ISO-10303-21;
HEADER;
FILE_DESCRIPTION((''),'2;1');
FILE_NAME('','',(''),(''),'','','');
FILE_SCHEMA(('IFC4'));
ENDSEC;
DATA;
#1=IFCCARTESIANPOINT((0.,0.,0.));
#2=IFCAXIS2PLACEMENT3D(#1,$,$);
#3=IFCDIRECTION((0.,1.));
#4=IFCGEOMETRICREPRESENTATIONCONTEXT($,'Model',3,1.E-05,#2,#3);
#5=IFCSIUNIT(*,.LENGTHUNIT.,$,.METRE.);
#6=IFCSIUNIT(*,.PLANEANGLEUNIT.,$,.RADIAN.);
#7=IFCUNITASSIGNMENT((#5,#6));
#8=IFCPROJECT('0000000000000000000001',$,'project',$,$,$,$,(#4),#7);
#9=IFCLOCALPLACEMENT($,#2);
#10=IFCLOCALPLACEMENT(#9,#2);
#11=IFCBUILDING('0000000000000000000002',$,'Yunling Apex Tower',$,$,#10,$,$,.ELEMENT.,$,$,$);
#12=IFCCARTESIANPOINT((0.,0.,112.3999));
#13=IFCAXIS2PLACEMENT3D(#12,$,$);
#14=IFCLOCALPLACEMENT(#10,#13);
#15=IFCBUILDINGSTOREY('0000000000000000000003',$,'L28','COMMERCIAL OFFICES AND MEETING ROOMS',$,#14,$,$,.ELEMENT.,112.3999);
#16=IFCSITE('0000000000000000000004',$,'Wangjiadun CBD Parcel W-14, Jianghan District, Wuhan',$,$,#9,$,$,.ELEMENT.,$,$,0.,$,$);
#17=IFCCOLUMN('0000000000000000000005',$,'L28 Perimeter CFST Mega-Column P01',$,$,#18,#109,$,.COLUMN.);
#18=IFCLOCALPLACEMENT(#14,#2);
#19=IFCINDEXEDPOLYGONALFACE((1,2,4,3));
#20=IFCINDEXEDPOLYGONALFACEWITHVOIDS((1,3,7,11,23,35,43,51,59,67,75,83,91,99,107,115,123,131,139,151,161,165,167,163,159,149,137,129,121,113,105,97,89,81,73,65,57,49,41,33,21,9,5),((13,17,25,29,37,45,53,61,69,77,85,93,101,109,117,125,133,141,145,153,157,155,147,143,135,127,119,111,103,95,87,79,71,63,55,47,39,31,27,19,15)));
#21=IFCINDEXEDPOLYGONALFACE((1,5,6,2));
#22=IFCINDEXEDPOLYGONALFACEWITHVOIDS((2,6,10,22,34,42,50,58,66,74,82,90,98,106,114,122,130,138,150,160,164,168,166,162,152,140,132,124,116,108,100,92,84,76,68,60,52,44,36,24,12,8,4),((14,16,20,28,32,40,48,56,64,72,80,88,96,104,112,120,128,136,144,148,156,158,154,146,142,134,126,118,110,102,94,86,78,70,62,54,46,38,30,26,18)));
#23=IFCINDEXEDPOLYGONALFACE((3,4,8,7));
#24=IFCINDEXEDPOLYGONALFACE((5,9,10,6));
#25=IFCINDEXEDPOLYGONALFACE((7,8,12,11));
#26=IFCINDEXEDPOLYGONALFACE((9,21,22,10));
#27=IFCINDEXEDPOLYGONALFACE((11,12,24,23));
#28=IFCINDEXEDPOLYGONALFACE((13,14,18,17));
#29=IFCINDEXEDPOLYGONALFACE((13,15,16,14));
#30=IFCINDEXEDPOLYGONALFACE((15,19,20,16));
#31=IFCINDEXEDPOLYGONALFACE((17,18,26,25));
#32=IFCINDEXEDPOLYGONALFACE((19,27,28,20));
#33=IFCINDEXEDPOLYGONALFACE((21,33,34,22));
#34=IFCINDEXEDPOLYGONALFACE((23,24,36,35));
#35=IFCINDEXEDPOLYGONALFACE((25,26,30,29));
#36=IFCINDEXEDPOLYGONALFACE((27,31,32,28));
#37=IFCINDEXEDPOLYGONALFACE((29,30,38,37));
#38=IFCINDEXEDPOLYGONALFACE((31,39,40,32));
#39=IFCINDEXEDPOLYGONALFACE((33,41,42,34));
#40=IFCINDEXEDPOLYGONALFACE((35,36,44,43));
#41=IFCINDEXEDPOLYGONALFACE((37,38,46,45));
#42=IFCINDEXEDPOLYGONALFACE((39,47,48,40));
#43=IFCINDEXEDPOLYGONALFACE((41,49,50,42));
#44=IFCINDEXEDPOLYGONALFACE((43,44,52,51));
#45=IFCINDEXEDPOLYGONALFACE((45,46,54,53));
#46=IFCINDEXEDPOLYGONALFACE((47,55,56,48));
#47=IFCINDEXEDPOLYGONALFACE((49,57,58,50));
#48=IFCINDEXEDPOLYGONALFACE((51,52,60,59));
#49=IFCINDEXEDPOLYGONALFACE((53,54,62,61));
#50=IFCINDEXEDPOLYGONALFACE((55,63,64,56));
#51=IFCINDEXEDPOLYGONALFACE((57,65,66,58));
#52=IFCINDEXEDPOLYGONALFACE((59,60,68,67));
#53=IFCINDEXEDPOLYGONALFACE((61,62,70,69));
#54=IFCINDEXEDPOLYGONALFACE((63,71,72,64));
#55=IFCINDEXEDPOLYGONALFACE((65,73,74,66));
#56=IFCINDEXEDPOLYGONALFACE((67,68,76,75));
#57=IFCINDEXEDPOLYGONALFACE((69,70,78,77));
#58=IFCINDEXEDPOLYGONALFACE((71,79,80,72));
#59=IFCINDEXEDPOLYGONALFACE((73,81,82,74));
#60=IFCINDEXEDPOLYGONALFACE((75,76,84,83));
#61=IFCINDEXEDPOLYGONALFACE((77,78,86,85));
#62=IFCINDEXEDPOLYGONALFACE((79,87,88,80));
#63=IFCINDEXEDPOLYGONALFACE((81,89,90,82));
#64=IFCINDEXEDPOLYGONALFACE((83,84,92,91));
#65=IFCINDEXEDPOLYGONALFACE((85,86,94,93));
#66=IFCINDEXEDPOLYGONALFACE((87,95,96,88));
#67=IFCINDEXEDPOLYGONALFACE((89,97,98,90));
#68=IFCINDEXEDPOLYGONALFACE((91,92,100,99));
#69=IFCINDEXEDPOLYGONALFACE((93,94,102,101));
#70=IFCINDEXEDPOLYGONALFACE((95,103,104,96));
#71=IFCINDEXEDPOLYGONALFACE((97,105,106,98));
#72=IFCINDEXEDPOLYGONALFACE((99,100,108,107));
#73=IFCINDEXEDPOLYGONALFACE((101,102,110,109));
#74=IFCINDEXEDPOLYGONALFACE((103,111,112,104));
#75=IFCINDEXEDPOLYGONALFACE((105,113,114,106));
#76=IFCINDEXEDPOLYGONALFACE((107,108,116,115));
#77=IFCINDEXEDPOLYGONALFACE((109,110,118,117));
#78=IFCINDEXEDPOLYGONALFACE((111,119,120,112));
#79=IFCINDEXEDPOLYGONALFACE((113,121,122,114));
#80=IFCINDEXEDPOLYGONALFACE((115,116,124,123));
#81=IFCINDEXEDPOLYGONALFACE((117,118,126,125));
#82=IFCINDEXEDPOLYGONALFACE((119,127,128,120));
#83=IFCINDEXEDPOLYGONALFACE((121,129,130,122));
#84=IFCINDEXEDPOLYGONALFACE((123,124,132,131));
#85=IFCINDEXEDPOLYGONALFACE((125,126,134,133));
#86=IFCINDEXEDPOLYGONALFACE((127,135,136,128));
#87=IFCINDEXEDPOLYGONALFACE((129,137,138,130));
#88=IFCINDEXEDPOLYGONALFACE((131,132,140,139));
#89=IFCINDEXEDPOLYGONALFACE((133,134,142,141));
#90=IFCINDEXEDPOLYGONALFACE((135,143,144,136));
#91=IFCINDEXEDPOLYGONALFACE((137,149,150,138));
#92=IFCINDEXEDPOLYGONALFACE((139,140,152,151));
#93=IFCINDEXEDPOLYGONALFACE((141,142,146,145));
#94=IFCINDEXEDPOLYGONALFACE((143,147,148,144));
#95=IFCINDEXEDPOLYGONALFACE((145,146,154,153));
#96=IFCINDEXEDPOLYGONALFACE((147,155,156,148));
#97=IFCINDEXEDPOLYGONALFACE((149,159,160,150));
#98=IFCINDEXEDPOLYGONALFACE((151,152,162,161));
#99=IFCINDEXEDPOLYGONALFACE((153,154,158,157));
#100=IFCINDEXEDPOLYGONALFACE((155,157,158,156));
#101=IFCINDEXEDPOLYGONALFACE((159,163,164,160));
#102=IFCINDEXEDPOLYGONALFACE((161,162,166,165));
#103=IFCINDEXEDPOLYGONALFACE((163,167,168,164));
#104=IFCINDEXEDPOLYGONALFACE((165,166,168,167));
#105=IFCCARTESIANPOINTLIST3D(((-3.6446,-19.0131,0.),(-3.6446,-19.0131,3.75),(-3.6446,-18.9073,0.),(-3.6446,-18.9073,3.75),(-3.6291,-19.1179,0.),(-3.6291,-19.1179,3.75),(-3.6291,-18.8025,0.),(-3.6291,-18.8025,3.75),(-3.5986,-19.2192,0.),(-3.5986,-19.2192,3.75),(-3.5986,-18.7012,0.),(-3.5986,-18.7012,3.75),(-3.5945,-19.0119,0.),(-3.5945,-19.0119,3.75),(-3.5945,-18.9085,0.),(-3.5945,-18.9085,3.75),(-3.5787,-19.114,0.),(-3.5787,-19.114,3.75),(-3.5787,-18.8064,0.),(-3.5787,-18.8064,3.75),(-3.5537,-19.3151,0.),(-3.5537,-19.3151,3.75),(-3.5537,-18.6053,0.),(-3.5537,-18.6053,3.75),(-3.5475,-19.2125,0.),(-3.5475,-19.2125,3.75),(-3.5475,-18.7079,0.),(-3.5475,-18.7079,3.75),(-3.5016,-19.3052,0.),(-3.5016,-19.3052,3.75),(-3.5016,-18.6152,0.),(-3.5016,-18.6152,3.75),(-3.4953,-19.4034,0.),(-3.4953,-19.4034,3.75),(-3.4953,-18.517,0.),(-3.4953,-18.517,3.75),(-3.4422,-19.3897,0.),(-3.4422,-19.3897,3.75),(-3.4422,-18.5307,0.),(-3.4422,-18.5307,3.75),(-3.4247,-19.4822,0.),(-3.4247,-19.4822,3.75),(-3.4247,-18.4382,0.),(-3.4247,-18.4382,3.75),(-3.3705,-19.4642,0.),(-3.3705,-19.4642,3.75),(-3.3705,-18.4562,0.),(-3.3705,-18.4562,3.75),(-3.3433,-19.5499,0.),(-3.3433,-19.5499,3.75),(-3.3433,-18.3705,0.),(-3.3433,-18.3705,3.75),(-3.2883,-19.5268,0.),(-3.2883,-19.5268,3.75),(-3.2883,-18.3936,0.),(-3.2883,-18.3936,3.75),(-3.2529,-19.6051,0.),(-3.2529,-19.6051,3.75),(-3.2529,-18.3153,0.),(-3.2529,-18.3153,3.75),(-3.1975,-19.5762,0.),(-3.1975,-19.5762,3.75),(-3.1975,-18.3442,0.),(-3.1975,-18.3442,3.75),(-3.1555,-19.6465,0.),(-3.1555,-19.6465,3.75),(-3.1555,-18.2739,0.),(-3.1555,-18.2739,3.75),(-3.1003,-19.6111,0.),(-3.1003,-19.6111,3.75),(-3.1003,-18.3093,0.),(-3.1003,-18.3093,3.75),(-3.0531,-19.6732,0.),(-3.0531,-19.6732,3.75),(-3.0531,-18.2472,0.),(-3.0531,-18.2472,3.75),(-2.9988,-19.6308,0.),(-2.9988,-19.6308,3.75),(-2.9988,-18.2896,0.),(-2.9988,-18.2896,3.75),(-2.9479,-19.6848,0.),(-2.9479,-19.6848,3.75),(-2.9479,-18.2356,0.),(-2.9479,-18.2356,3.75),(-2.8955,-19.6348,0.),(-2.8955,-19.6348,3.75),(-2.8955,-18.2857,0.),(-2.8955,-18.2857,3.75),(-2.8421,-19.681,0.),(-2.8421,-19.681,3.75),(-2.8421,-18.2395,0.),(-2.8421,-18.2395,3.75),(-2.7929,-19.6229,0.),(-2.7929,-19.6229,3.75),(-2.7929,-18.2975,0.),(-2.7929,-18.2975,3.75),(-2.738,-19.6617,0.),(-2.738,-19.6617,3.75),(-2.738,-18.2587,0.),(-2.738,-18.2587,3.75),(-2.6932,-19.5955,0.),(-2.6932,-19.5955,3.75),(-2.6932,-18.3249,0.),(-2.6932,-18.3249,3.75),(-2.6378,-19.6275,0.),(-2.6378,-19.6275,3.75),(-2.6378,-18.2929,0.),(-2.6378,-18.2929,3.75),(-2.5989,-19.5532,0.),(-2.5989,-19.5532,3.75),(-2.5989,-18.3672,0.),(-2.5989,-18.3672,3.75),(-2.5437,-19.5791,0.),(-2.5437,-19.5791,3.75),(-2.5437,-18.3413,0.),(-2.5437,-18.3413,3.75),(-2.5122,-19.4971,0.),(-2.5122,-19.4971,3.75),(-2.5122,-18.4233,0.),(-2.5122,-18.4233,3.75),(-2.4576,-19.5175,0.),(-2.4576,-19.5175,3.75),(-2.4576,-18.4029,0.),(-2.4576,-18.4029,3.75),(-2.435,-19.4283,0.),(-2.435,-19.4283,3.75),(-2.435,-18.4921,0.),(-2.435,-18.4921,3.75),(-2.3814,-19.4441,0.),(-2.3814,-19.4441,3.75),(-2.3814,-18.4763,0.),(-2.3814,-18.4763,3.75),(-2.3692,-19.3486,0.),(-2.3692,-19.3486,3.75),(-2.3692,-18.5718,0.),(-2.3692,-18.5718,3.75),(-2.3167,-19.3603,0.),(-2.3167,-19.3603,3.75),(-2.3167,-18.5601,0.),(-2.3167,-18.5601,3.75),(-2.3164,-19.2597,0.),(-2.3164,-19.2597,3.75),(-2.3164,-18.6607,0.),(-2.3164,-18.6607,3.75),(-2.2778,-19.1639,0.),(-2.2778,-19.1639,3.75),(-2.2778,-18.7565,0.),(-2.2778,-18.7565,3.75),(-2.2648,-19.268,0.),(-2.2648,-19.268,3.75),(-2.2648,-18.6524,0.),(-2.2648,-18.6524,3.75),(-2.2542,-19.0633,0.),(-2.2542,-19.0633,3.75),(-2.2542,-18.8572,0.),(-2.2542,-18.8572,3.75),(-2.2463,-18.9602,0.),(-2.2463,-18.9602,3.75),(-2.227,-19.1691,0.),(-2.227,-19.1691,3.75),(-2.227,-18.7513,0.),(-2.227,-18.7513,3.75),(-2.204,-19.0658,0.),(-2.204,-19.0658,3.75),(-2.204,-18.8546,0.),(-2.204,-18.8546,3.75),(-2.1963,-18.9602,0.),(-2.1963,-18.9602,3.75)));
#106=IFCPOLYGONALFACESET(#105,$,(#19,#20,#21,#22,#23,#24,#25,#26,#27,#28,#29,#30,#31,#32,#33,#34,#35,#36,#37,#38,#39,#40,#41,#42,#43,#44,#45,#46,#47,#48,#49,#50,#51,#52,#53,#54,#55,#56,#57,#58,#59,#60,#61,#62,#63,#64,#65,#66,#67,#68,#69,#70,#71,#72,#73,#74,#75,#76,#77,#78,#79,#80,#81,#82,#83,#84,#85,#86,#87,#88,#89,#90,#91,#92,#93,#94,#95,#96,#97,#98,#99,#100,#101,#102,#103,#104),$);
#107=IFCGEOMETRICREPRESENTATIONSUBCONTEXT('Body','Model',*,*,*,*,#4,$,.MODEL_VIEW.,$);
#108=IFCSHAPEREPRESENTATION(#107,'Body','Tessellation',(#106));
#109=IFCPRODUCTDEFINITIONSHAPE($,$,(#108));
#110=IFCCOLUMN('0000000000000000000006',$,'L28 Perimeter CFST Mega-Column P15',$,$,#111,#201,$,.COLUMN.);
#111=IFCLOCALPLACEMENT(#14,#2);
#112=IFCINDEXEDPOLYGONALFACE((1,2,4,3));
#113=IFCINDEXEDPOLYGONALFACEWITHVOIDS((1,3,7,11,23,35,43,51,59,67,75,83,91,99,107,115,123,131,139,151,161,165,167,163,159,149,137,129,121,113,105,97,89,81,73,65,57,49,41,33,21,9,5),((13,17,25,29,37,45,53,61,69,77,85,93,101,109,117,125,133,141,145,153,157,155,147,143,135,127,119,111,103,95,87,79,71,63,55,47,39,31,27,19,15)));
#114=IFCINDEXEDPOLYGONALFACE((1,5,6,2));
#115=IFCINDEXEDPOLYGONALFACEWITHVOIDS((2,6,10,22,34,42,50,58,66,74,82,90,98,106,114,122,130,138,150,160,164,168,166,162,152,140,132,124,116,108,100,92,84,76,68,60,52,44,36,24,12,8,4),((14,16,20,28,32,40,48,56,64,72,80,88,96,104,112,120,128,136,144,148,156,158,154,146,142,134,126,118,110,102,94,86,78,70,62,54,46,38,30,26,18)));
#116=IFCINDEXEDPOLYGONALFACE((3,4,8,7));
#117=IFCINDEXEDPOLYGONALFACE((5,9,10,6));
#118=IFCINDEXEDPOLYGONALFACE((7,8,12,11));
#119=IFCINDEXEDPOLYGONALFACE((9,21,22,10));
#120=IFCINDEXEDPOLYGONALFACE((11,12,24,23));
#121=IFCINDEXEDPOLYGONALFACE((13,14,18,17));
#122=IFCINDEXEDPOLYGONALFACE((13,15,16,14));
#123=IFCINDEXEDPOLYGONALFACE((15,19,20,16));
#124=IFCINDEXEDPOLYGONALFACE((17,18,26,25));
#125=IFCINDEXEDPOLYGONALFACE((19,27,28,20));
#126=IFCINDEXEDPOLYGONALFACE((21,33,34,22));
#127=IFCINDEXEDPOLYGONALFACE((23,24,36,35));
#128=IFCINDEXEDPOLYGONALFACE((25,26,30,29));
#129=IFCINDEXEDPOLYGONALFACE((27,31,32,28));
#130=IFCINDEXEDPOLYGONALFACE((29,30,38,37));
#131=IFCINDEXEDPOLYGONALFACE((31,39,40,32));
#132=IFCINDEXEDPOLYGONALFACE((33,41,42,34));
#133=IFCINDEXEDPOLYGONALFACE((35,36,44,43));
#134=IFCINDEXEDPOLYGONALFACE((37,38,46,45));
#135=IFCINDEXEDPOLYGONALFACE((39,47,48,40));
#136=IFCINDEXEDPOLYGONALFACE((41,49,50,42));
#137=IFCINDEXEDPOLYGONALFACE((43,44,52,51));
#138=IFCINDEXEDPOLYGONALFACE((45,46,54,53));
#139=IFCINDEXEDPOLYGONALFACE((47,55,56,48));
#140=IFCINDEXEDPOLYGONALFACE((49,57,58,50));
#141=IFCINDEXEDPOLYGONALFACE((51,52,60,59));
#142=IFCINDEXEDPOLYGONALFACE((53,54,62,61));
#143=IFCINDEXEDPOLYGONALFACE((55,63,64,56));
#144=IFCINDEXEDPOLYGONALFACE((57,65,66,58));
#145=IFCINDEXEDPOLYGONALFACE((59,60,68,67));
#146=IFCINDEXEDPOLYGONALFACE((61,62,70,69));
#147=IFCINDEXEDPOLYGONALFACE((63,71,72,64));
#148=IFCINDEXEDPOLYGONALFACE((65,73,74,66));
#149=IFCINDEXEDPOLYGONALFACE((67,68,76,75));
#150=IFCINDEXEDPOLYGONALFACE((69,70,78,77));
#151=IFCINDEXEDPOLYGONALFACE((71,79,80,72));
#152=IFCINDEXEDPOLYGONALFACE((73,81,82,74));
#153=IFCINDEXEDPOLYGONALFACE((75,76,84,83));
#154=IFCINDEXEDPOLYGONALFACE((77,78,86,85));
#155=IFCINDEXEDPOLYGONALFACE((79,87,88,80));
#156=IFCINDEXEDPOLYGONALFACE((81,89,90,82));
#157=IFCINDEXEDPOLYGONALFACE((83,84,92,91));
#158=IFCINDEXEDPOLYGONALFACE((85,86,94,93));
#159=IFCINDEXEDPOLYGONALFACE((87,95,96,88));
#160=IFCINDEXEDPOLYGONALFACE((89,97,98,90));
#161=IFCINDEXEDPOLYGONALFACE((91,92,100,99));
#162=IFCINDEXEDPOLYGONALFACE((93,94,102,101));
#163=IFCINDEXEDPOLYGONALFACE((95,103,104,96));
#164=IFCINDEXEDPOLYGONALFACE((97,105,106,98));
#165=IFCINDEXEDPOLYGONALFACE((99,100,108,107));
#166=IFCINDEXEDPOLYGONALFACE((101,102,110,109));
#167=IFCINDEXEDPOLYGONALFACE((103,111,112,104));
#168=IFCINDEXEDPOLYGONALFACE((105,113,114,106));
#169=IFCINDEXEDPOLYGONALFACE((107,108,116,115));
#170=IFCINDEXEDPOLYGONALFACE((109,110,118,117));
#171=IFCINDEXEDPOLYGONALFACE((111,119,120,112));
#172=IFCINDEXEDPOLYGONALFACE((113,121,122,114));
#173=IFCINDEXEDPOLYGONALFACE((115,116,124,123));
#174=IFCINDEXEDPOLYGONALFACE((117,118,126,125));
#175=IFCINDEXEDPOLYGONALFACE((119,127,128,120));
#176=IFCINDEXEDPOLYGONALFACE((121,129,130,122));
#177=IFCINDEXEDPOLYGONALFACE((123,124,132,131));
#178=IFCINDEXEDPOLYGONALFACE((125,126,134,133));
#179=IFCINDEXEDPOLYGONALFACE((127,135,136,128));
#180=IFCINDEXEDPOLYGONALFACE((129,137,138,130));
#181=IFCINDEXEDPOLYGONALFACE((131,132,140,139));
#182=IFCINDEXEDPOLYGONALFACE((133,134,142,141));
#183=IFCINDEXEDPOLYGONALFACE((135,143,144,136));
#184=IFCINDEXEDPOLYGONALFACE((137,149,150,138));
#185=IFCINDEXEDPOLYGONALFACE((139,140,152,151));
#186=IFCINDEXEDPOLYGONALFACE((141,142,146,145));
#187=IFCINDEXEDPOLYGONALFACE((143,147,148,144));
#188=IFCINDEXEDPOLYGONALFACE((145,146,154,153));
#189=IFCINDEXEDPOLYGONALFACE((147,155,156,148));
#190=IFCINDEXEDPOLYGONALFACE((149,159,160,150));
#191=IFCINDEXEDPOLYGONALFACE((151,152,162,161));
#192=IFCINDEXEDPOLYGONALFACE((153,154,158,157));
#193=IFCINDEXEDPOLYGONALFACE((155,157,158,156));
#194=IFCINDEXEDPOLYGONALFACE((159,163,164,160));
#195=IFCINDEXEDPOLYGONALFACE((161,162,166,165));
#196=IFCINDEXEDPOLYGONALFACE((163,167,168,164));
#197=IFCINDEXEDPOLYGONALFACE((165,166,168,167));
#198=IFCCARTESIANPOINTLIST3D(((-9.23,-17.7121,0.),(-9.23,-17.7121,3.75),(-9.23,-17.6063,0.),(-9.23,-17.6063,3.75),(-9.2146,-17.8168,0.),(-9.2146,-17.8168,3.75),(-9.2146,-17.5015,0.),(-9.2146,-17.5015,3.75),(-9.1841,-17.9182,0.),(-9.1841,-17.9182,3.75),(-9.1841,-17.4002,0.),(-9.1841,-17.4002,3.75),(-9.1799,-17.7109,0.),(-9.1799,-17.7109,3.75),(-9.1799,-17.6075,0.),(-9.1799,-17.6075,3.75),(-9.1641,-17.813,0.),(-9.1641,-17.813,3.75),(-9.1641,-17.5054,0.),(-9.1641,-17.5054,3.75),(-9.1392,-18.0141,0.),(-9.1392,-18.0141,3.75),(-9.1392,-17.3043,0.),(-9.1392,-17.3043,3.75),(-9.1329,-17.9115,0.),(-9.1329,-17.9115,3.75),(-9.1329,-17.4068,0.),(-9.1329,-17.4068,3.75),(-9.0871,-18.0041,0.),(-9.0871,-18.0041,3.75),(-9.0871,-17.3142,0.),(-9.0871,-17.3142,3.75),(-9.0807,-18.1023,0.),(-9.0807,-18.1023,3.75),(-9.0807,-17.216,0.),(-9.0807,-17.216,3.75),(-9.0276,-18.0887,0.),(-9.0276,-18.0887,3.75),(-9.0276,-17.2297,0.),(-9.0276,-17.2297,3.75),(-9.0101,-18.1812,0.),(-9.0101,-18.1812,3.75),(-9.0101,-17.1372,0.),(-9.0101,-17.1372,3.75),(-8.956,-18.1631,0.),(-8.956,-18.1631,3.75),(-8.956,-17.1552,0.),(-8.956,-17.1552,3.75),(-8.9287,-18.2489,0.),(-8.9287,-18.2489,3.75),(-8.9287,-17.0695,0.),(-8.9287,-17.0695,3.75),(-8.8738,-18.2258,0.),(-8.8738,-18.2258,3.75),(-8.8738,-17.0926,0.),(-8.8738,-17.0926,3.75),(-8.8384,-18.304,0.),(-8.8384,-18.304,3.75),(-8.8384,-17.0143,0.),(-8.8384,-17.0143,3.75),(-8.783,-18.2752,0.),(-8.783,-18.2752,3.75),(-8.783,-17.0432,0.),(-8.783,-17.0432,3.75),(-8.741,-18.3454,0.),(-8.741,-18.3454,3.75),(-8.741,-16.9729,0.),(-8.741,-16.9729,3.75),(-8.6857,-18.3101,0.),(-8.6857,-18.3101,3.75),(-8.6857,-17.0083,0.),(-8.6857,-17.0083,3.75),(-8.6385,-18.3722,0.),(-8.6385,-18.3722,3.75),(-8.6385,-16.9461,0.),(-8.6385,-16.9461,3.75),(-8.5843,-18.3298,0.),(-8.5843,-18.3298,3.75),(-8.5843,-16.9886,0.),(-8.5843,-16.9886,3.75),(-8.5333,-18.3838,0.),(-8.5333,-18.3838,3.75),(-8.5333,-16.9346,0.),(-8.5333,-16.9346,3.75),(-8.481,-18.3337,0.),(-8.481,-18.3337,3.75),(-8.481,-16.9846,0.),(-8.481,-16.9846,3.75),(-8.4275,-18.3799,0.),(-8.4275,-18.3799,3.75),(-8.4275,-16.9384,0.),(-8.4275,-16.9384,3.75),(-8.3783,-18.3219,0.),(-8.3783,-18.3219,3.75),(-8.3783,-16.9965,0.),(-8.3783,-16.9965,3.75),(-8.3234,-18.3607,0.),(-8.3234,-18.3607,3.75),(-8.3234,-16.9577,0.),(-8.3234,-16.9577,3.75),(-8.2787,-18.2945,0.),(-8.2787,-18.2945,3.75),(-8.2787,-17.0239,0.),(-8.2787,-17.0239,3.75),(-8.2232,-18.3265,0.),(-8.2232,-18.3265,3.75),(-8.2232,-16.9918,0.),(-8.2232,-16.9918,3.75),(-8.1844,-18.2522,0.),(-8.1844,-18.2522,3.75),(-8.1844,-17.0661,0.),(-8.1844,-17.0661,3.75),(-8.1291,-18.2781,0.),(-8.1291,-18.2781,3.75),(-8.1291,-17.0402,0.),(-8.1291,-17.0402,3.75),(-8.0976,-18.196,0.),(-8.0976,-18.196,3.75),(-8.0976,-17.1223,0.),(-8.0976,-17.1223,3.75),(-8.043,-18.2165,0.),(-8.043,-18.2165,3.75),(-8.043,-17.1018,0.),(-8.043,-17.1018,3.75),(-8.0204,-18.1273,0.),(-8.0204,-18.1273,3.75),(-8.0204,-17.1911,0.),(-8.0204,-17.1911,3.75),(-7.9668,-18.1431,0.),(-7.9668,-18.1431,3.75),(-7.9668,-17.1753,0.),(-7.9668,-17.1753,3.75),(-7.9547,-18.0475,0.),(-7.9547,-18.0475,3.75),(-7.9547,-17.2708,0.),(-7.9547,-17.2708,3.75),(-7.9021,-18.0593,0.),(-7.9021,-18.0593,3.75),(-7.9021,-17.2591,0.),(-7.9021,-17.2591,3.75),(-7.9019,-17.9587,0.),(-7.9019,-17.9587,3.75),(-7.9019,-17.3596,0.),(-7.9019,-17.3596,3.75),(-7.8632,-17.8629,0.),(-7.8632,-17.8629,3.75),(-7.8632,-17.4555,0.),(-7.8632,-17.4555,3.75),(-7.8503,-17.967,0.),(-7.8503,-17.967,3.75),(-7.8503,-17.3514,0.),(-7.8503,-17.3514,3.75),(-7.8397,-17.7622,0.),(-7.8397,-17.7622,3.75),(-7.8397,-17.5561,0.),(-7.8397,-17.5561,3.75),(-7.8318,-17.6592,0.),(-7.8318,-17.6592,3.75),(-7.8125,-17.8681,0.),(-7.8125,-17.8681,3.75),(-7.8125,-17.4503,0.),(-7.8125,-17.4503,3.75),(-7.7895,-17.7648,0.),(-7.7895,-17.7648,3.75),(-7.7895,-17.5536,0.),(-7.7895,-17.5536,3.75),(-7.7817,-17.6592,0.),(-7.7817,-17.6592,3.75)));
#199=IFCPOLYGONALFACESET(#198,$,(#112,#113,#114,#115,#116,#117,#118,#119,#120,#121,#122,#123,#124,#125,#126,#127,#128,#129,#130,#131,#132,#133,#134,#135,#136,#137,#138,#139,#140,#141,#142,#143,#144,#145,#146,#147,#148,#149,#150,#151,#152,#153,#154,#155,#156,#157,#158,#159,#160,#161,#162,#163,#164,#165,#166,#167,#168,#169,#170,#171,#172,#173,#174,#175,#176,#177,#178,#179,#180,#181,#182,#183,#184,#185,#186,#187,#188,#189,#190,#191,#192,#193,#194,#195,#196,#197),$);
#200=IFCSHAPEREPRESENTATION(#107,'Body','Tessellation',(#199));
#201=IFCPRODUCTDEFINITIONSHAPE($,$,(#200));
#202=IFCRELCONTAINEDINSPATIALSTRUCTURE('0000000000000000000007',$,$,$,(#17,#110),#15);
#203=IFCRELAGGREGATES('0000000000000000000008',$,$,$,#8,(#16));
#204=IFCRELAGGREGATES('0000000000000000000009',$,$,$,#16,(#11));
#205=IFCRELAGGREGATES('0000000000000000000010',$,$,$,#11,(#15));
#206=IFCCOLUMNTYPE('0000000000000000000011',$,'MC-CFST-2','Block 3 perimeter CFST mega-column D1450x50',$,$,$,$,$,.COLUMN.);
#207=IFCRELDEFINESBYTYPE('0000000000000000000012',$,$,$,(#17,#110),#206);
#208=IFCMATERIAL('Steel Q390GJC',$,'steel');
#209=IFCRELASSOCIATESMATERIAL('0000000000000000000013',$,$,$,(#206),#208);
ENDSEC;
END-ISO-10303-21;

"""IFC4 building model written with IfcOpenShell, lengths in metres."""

from ifc_helpers import new_model, si_unit, direction, frame, origin, origin_2d, place, context, subcontext, project, spatial, hollow_circle, extrude, source, transform, mapped, material, material_profile, profile_set, type_object, element, save


model = new_model("IFC4")

# Units and contexts
model_context = context("Model", 3, precision=1e-05, world=origin(), true_north=direction((0.0, 1.0)))
body_context = subcontext(model_context, "Body", "Model", "MODEL_VIEW")
ifc_project = project(units=[si_unit("LENGTHUNIT", "METRE"), si_unit("PLANEANGLEUNIT", "RADIAN")], contexts=[model_context])

# Site, building, storey
site_placement = place(None, origin())
site = spatial("IfcSite", under=ifc_project, at=site_placement, Name="Wangjiadun CBD Parcel W-14, Jianghan District, Wuhan", CompositionType="ELEMENT", RefElevation=0.0)
building_placement = place(site_placement, origin())
building = spatial("IfcBuilding", under=site, at=building_placement, Name="Yunling Apex Tower", CompositionType="ELEMENT")
storey_placement = place(building_placement, frame((0.0, 0.0, 112.3999)))
storey = spatial("IfcBuildingStorey", under=building, at=storey_placement, Name="L28", Description="COMMERCIAL OFFICES AND MEETING ROOMS", CompositionType="ELEMENT", Elevation=112.3999)

# Columns
ifc_material_1 = material(Name="Steel Q390GJC", Category="steel")
ifc_material_profile_1 = material_profile(ifc_material_1, hollow_circle(Radius=0.7251, WallThickness=0.05, at=origin_2d()))
ifc_profile_set_1 = profile_set([ifc_material_profile_1], Name="Steel Q390GJC")
column_type = type_object("IfcColumnType", Name="MC-CFST-2", Description="Block 3 perimeter CFST mega-column D1450x50", PredefinedType="COLUMN", material=ifc_profile_set_1)
shared_shape_1 = source(origin(), body_context, "Body", "SweptSolid", [
    extrude(hollow_circle(Radius=0.7251, WallThickness=0.05, at=origin_2d()), origin(), (0.0, 0.0, 1.0), 3.75),
])
for number, where, z_axis, x_axis, name in (
    (1, (-2.9214, -18.9602, 0.0), (0.0, 0.0, 1.0), (1.0, 0.0, 0.0), "L28 Perimeter CFST Mega-Column P01"),
    (2, (-8.5068, -17.6592, 0.0), (0.0, 0.0, 1.0), (1.0, 0.0, 0.0), "L28 Perimeter CFST Mega-Column P15"),
):
    element("IfcColumn", number, at=place(storey_placement, frame(where, z_axis=z_axis, x_axis=x_axis)), inside=storey, type_object=column_type, Name=name, PredefinedType="COLUMN", context=body_context, shape_type="MappedRepresentation", body=[
        mapped(shared_shape_1, transform((0.0, 0.0, 0.0), scale=1.0)),
    ])

save(model, "model.ifc")
